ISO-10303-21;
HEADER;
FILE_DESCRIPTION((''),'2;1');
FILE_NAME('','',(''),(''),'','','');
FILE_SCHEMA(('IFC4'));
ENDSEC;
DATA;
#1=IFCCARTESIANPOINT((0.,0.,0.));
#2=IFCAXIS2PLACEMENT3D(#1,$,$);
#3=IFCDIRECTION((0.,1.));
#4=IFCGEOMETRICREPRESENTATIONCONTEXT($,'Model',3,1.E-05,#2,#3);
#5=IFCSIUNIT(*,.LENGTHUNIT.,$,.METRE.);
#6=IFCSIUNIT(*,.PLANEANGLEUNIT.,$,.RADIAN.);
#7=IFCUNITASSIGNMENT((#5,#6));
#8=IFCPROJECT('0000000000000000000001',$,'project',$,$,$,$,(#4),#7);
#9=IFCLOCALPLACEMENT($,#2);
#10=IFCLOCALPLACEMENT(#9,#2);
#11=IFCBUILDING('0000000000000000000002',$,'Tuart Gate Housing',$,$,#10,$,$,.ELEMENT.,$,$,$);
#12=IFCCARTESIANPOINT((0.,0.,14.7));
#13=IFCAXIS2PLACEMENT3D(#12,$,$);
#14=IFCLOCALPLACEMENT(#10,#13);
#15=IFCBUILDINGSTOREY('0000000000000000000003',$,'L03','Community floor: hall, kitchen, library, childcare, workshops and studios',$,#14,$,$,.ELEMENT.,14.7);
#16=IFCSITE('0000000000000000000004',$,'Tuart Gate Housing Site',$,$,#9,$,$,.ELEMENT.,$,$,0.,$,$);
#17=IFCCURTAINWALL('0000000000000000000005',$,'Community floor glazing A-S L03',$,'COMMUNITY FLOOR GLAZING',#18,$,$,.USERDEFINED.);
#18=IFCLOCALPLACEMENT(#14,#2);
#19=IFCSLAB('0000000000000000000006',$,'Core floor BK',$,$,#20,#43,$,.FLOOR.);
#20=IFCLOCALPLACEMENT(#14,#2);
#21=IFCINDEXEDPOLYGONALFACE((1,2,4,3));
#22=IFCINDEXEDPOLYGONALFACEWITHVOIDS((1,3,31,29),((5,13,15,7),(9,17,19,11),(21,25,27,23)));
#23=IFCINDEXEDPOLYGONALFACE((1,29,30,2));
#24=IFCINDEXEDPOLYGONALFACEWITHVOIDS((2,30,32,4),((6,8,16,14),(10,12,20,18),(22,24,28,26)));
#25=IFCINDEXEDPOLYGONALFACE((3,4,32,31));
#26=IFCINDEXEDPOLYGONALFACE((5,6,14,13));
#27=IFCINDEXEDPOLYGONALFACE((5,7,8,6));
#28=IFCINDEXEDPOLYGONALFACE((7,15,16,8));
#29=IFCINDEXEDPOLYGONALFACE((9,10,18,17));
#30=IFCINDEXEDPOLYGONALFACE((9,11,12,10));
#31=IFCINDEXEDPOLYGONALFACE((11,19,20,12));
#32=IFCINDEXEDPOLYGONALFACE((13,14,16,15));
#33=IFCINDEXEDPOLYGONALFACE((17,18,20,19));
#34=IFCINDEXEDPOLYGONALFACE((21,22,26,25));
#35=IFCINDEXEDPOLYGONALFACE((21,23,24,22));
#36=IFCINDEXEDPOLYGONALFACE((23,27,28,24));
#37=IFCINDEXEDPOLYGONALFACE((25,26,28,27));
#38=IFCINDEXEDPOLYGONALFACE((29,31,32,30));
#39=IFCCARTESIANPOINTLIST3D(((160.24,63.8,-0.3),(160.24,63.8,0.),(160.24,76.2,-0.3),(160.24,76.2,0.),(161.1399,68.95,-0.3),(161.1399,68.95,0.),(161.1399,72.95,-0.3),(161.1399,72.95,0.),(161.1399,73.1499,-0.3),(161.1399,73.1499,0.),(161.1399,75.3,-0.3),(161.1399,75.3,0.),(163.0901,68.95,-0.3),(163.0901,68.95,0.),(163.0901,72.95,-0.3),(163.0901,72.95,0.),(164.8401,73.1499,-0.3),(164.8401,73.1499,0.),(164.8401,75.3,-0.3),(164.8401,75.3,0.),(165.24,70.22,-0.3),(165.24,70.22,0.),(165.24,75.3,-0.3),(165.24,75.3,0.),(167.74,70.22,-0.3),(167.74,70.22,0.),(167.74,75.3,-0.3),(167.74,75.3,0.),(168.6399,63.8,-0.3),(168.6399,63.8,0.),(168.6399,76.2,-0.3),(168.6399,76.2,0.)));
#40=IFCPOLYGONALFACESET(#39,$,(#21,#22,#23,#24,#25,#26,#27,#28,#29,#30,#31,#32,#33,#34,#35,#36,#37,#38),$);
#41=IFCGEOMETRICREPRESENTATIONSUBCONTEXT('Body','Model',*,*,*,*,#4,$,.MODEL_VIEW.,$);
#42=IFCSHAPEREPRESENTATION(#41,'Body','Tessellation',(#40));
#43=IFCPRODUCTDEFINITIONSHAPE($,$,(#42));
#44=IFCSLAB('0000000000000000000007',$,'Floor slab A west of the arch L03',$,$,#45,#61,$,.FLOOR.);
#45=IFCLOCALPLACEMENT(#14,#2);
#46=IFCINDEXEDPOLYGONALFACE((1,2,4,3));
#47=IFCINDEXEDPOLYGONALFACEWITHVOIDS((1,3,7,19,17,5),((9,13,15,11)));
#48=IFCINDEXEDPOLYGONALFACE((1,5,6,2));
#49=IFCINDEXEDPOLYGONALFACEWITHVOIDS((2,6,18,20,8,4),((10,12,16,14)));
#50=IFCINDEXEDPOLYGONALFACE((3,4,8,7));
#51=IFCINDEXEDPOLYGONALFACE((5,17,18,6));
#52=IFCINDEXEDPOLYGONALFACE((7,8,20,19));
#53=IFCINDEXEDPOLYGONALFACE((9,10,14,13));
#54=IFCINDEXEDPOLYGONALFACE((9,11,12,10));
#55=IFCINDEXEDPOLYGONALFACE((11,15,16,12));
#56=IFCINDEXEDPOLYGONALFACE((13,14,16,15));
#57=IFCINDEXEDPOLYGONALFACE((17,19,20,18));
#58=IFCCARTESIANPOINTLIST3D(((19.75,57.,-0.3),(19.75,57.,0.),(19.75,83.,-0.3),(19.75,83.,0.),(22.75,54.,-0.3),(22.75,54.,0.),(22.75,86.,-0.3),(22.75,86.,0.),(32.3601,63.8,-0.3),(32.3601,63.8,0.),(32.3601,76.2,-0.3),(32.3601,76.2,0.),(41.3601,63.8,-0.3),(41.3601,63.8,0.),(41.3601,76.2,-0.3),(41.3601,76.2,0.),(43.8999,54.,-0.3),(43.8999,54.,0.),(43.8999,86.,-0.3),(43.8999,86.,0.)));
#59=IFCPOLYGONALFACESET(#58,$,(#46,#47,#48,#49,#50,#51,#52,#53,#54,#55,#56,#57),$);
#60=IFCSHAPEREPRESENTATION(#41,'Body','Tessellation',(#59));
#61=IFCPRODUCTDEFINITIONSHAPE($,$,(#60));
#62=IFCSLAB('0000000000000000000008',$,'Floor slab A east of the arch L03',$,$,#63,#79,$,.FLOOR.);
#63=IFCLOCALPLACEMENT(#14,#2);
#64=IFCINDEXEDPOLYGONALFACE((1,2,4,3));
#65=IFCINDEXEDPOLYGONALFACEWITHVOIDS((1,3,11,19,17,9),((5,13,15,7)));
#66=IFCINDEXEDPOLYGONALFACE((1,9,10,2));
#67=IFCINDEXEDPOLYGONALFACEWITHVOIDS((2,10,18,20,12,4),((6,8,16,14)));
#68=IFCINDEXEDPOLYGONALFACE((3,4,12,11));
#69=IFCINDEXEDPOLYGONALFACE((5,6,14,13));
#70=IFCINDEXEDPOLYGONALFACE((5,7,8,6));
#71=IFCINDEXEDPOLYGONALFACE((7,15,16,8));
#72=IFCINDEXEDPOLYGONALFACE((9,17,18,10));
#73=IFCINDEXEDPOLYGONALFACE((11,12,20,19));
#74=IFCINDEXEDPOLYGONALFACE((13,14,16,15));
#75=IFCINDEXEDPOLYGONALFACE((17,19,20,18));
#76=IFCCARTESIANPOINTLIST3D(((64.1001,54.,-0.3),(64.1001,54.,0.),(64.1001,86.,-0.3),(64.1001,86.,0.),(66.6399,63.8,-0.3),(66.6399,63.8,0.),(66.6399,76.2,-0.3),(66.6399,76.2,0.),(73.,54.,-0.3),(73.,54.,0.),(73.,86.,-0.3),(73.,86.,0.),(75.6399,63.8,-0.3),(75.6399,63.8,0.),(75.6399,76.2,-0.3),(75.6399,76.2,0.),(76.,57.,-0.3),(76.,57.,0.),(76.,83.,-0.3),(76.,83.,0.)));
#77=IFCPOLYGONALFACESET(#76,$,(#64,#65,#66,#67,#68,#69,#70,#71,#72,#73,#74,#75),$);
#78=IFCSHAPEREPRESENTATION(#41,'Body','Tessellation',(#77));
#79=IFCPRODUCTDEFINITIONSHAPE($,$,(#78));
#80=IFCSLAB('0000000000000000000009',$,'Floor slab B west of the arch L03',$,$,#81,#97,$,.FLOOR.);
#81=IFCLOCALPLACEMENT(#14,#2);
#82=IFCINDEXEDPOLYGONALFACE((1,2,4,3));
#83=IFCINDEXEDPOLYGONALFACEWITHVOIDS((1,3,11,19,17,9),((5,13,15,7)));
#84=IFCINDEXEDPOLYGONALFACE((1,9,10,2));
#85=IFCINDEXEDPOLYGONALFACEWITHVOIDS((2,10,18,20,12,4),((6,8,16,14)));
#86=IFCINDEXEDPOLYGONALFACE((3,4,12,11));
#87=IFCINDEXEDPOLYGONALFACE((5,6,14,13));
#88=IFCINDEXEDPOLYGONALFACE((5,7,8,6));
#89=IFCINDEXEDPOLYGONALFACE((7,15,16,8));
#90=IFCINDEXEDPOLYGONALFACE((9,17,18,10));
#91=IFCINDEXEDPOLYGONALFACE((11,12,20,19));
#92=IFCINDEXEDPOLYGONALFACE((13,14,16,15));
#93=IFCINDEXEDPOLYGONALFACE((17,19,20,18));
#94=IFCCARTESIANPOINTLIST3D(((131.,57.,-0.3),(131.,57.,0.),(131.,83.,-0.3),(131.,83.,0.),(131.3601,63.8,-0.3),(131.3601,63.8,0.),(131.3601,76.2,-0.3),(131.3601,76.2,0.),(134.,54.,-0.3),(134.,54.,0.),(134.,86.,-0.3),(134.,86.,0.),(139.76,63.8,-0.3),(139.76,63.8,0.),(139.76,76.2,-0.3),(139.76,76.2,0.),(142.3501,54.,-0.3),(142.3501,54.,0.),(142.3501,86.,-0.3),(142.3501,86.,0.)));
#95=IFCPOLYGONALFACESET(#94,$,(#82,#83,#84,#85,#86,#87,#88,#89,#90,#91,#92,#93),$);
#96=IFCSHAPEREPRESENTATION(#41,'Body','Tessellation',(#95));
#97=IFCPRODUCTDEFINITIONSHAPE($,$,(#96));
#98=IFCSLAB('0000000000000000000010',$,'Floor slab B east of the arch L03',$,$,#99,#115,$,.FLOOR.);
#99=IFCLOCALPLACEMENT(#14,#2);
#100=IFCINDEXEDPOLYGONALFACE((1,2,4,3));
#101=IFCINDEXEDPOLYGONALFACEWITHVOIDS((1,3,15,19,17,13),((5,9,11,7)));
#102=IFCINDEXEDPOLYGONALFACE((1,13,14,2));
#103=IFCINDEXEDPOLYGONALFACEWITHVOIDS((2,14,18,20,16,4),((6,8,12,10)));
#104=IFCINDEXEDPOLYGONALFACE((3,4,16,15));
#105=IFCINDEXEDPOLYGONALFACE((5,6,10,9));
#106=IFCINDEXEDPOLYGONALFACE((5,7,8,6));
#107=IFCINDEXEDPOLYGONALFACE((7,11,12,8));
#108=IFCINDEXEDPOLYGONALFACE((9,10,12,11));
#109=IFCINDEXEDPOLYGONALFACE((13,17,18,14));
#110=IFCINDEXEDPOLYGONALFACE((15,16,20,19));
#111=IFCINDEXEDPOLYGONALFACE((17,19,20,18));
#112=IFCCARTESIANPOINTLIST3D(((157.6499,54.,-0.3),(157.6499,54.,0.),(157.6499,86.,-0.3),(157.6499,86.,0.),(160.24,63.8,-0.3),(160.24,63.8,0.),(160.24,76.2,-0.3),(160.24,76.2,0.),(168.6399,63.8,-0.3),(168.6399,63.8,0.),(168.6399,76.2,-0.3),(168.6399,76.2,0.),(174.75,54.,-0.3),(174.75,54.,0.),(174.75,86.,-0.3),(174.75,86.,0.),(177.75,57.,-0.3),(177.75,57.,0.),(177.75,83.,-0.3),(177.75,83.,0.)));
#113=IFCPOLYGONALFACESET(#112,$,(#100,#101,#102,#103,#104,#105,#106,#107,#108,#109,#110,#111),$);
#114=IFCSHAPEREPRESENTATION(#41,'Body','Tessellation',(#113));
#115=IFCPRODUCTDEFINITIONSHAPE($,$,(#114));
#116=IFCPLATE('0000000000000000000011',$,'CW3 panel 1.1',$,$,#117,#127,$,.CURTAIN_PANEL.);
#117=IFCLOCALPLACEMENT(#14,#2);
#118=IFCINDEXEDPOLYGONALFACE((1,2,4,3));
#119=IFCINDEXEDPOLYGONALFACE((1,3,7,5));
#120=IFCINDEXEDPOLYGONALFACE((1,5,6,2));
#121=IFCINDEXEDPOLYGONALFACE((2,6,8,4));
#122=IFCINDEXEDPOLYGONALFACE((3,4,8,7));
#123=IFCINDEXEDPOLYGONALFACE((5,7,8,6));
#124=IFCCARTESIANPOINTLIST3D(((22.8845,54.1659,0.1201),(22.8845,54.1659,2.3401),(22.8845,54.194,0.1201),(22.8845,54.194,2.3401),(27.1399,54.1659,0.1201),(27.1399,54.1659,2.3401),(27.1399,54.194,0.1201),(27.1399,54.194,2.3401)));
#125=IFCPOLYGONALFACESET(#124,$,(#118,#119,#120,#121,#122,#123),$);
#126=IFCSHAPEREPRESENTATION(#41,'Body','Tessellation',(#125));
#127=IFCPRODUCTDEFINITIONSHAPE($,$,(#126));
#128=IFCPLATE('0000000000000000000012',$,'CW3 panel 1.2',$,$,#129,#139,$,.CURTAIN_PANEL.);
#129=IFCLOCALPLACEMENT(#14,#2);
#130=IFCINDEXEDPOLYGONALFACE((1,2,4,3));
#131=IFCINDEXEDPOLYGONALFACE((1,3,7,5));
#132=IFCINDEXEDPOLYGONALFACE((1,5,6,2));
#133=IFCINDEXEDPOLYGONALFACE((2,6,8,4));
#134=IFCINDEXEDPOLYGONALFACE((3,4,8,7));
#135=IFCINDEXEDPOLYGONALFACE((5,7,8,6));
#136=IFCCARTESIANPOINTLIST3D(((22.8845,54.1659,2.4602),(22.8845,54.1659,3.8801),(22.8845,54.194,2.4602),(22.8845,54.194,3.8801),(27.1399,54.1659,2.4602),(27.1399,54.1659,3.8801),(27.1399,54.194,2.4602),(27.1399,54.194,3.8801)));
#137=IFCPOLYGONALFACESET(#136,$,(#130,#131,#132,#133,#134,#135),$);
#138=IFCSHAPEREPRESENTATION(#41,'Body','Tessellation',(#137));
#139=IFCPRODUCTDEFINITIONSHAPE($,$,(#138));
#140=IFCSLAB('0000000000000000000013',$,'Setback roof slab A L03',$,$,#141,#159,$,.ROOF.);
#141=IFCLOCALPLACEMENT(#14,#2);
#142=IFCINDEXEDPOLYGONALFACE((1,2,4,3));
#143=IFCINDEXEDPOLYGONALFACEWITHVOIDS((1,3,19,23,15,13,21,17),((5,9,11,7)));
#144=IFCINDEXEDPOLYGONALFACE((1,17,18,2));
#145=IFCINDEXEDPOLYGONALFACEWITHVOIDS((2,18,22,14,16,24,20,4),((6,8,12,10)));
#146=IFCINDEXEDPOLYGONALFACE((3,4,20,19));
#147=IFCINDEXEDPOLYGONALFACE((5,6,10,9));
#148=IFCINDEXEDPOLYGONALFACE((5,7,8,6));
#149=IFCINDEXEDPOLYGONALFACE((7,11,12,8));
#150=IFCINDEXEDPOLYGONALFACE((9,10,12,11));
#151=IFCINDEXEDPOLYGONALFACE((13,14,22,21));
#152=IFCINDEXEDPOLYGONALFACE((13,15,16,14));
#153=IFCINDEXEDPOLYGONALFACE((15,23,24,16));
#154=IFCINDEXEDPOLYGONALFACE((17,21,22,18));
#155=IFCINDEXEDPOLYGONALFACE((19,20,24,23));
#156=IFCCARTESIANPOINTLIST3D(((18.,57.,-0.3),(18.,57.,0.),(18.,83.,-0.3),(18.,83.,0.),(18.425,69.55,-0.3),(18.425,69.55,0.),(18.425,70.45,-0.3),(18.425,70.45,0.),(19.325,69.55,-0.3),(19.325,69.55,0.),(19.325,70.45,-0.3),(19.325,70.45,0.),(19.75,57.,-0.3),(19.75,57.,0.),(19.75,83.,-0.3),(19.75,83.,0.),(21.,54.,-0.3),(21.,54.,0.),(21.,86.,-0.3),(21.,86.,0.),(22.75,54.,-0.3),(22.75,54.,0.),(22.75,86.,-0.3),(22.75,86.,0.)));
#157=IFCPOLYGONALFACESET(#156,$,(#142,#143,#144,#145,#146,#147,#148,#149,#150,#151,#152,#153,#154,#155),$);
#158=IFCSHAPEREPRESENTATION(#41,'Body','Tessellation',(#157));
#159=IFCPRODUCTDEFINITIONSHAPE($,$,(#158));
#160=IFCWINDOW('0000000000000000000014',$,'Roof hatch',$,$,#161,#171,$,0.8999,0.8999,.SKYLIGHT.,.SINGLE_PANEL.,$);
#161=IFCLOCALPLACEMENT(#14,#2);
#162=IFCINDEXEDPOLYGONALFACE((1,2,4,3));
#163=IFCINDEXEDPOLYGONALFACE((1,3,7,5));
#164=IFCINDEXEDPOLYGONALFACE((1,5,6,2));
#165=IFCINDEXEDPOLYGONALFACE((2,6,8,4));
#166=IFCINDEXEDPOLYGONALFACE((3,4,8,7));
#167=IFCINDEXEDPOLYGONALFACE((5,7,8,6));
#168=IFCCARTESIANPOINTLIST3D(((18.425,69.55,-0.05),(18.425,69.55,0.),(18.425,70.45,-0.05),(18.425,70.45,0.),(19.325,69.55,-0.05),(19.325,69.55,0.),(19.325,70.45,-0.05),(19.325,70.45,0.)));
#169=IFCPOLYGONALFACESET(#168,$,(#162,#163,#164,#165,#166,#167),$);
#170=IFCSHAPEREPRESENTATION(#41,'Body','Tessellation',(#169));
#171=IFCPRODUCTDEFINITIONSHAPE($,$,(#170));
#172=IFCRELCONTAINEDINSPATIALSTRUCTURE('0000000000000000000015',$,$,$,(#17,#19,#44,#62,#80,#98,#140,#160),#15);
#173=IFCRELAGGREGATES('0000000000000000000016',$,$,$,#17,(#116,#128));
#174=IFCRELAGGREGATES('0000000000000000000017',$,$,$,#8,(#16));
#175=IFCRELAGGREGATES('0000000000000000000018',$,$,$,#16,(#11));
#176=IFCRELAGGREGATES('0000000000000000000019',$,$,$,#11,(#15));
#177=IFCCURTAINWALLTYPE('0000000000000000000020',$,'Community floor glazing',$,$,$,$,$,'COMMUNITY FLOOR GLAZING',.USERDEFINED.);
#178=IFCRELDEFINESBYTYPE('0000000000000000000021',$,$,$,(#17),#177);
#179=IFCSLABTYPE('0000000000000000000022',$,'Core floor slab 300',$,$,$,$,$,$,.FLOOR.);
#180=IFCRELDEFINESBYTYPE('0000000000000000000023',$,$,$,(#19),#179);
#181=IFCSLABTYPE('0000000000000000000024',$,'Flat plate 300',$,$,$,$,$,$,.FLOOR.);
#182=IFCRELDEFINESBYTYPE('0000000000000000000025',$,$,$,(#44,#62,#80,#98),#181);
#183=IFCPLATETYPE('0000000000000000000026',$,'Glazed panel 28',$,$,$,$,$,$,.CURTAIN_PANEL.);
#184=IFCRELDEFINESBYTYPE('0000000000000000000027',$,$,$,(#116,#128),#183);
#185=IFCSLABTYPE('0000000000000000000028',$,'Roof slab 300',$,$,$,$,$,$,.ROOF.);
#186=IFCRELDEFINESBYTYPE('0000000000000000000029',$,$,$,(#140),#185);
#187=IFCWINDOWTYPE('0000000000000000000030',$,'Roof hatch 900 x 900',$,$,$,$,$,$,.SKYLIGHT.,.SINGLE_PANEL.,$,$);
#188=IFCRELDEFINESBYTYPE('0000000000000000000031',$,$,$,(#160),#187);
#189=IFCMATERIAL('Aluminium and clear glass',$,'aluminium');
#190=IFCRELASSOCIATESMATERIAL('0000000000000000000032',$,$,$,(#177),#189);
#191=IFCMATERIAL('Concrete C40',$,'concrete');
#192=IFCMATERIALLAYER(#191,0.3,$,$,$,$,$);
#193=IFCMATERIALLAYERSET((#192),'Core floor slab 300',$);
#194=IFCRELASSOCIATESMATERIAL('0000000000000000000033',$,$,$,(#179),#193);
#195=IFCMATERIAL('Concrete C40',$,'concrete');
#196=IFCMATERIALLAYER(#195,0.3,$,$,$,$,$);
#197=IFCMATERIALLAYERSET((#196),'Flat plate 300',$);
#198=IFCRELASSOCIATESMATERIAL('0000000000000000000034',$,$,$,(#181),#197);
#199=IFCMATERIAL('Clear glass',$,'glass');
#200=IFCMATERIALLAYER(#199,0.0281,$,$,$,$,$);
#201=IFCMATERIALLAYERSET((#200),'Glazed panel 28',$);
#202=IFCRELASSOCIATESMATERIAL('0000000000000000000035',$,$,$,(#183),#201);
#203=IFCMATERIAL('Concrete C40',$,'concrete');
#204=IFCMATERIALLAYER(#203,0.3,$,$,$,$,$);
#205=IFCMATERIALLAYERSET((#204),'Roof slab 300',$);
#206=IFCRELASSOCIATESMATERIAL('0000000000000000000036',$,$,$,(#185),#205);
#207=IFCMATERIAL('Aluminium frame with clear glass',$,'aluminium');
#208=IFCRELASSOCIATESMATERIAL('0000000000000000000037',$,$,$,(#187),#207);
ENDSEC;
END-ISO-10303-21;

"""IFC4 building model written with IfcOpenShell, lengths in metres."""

from ifc_helpers import new_model, si_unit, direction, frame, origin, origin_2d, place, context, subcontext, project, spatial, polyline, rectangle, outline, extrude, material, layer, layer_set, type_object, element, fill, aggregate, save


model = new_model("IFC4")

# Units and contexts
model_context = context("Model", 3, precision=1e-05, world=origin(), true_north=direction((0.0, 1.0)))
body_context = subcontext(model_context, "Body", "Model", "MODEL_VIEW")
ifc_project = project(units=[si_unit("LENGTHUNIT", "METRE"), si_unit("PLANEANGLEUNIT", "RADIAN")], contexts=[model_context])

# Site, building, storey
site_placement = place(None, origin())
site = spatial("IfcSite", under=ifc_project, at=site_placement, Name="Tuart Gate Housing Site", CompositionType="ELEMENT", RefElevation=0.0)
building_placement = place(site_placement, origin())
building = spatial("IfcBuilding", under=site, at=building_placement, Name="Tuart Gate Housing", CompositionType="ELEMENT")
storey_placement = place(building_placement, frame((0.0, 0.0, 14.7)))
storey = spatial("IfcBuildingStorey", under=building, at=storey_placement, Name="L03", Description="Community floor: hall, kitchen, library, childcare, workshops and studios", CompositionType="ELEMENT", Elevation=14.7)

# Curtain wall
ifc_material_1 = material(Name="Aluminium and clear glass", Category="aluminium")
curtain_wall_type = type_object("IfcCurtainWallType", Name="Community floor glazing", ElementType="COMMUNITY FLOOR GLAZING", PredefinedType="USERDEFINED", material=ifc_material_1)
curtain_wall_placement = place(storey_placement, origin())
curtain_wall = element("IfcCurtainWall", 1, at=curtain_wall_placement, inside=storey, type_object=curtain_wall_type, Name="Community floor glazing A-S L03", ObjectType="COMMUNITY FLOOR GLAZING", PredefinedType="USERDEFINED")

# Slabs
ifc_material_2 = material(Name="Concrete C40", Category="concrete")
ifc_layer_1 = layer(ifc_material_2, 0.3)
ifc_layer_set_1 = layer_set([ifc_layer_1], Name="Core floor slab 300")
slab_type_1 = type_object("IfcSlabType", Name="Core floor slab 300", PredefinedType="FLOOR", material=ifc_layer_set_1)
slab_1_placement = place(storey_placement, frame((0.0, 0.0, -0.3)))
element("IfcSlab", 2, at=slab_1_placement, inside=storey, type_object=slab_type_1, Name="Core floor BK", PredefinedType="FLOOR", context=body_context, shape_type="SweptSolid", body=[
    extrude(outline(polyline([(160.24, 63.8), (168.6399, 63.8), (168.6399, 76.2), (160.24, 76.2), (160.24, 63.8)]), holes=[polyline([(161.1399, 73.1499), (164.8401, 73.1499), (164.8401, 75.3), (161.1399, 75.3), (161.1399, 73.1499)]), polyline([(161.1399, 68.95), (163.0901, 68.95), (163.0901, 72.95), (161.1399, 72.95), (161.1399, 68.95)]), polyline([(165.24, 70.22), (167.74, 70.22), (167.74, 75.3), (165.24, 75.3), (165.24, 70.22)])]), origin(), (0.0, 0.0, 1.0), 0.3),
])
ifc_material_3 = material(Name="Concrete C40", Category="concrete")
ifc_layer_2 = layer(ifc_material_3, 0.3)
ifc_layer_set_2 = layer_set([ifc_layer_2], Name="Flat plate 300")
slab_type_2 = type_object("IfcSlabType", Name="Flat plate 300", PredefinedType="FLOOR", material=ifc_layer_set_2)
slab_2_placement = place(storey_placement, frame((0.0, 0.0, -0.3)))
element("IfcSlab", 3, at=slab_2_placement, inside=storey, type_object=slab_type_2, Name="Floor slab A west of the arch L03", PredefinedType="FLOOR", context=body_context, shape_type="SweptSolid", body=[
    extrude(outline(polyline([(43.8999, 86.0), (22.75, 86.0), (19.75, 83.0), (19.75, 57.0), (22.75, 54.0), (43.8999, 54.0), (43.8999, 86.0)]), holes=[polyline([(32.3601, 76.2), (41.3601, 76.2), (41.3601, 63.8), (32.3601, 63.8), (32.3601, 76.2)])]), origin(), (0.0, 0.0, 1.0), 0.3),
])
slab_3_placement = place(storey_placement, frame((0.0, 0.0, -0.3)))
element("IfcSlab", 4, at=slab_3_placement, inside=storey, type_object=slab_type_2, Name="Floor slab A east of the arch L03", PredefinedType="FLOOR", context=body_context, shape_type="SweptSolid", body=[
    extrude(outline(polyline([(73.0, 86.0), (64.1001, 86.0), (64.1001, 54.0), (73.0, 54.0), (76.0, 57.0), (76.0, 83.0), (73.0, 86.0)]), holes=[polyline([(66.6399, 63.8), (66.6399, 76.2), (75.6399, 76.2), (75.6399, 63.8), (66.6399, 63.8)])]), origin(), (0.0, 0.0, 1.0), 0.3),
])
slab_4_placement = place(storey_placement, frame((0.0, 0.0, -0.3)))
element("IfcSlab", 5, at=slab_4_placement, inside=storey, type_object=slab_type_2, Name="Floor slab B west of the arch L03", PredefinedType="FLOOR", context=body_context, shape_type="SweptSolid", body=[
    extrude(outline(polyline([(142.3501, 86.0), (134.0, 86.0), (131.0, 83.0), (131.0, 57.0), (134.0, 54.0), (142.3501, 54.0), (142.3501, 86.0)]), holes=[polyline([(131.3601, 63.8), (131.3601, 76.2), (139.76, 76.2), (139.76, 63.8), (131.3601, 63.8)])]), origin(), (0.0, 0.0, 1.0), 0.3),
])
slab_5_placement = place(storey_placement, frame((0.0, 0.0, -0.3)))
element("IfcSlab", 6, at=slab_5_placement, inside=storey, type_object=slab_type_2, Name="Floor slab B east of the arch L03", PredefinedType="FLOOR", context=body_context, shape_type="SweptSolid", body=[
    extrude(outline(polyline([(174.75, 86.0), (157.6499, 86.0), (157.6499, 54.0), (174.75, 54.0), (177.75, 57.0), (177.75, 83.0), (174.75, 86.0)]), holes=[polyline([(160.24, 76.2), (168.6399, 76.2), (168.6399, 63.8), (160.24, 63.8), (160.24, 76.2)])]), origin(), (0.0, 0.0, 1.0), 0.3),
])

# Plates
ifc_material_4 = material(Name="Clear glass", Category="glass")
ifc_layer_3 = layer(ifc_material_4, 0.0281)
ifc_layer_set_3 = layer_set([ifc_layer_3], Name="Glazed panel 28")
plate_type = type_object("IfcPlateType", Name="Glazed panel 28", PredefinedType="CURTAIN_PANEL", material=ifc_layer_set_3)
plate_1_placement = place(storey_placement, frame((25.0122, 54.1799, 0.1201), z_axis=(0.0, 0.0, 1.0), x_axis=(1.0, 0.0, 0.0)))
plate_1 = element("IfcPlate", 7, at=plate_1_placement, type_object=plate_type, Name="CW3 panel 1.1", PredefinedType="CURTAIN_PANEL", context=body_context, shape_type="SweptSolid", body=[
    extrude(rectangle(XDim=4.2554, YDim=0.0281, at=origin_2d()), origin(), (0.0, 0.0, 1.0), 2.22),
])
plate_2_placement = place(storey_placement, frame((25.0122, 54.1799, 2.4602), z_axis=(0.0, 0.0, 1.0), x_axis=(1.0, 0.0, 0.0)))
plate_2 = element("IfcPlate", 8, at=plate_2_placement, type_object=plate_type, Name="CW3 panel 1.2", PredefinedType="CURTAIN_PANEL", context=body_context, shape_type="SweptSolid", body=[
    extrude(rectangle(XDim=4.2554, YDim=0.0281, at=origin_2d()), origin(), (0.0, 0.0, 1.0), 1.4199),
])
aggregate(curtain_wall, [plate_1, plate_2])

# Slab, opening, window
ifc_material_5 = material(Name="Concrete C40", Category="concrete")
ifc_layer_4 = layer(ifc_material_5, 0.3)
ifc_layer_set_4 = layer_set([ifc_layer_4], Name="Roof slab 300")
slab_type_3 = type_object("IfcSlabType", Name="Roof slab 300", PredefinedType="ROOF", material=ifc_layer_set_4)
slab_6_placement = place(storey_placement, frame((0.0, 0.0, -0.3)))
slab_6 = element("IfcSlab", 9, at=slab_6_placement, inside=storey, type_object=slab_type_3, Name="Setback roof slab A L03", PredefinedType="ROOF", context=body_context, shape_type="SweptSolid", body=[
    extrude(outline(polyline([(21.0, 54.0), (22.75, 54.0), (19.75, 57.0), (19.75, 83.0), (22.75, 86.0), (21.0, 86.0), (18.0, 83.0), (18.0, 57.0), (21.0, 54.0)])), origin(), (0.0, 0.0, 1.0), 0.3),
])
opening_1_placement = place(slab_6_placement, frame((18.875, 70.0, 0.0)))
opening_1 = element("IfcOpeningElement", 10, at=opening_1_placement, cuts=slab_6, PredefinedType="OPENING", context=body_context, shape_type="SweptSolid", body=[
    extrude(rectangle(XDim=0.8999, YDim=0.8999, at=origin_2d()), frame((0.0, 0.0, -0.01)), (0.0, 0.0, 1.0), 0.3201),
])
ifc_material_6 = material(Name="Aluminium frame with clear glass", Category="aluminium")
window_type = type_object("IfcWindowType", Name="Roof hatch 900 x 900", PartitioningType="SINGLE_PANEL", PredefinedType="SKYLIGHT", material=ifc_material_6)
window_1_placement = place(opening_1_placement, frame((0.0, 0.0, 0.25)))
window_1 = element("IfcWindow", 11, at=window_1_placement, inside=storey, type_object=window_type, Name="Roof hatch", OverallHeight=0.8999, OverallWidth=0.8999, PartitioningType="SINGLE_PANEL", PredefinedType="SKYLIGHT", context=body_context, shape_type="SweptSolid", body=[
    extrude(rectangle(XDim=0.8999, YDim=0.8999, at=origin_2d()), origin(), (0.0, 0.0, 1.0), 0.05),
])
fill(opening_1, window_1)

save(model, "model.ifc")
